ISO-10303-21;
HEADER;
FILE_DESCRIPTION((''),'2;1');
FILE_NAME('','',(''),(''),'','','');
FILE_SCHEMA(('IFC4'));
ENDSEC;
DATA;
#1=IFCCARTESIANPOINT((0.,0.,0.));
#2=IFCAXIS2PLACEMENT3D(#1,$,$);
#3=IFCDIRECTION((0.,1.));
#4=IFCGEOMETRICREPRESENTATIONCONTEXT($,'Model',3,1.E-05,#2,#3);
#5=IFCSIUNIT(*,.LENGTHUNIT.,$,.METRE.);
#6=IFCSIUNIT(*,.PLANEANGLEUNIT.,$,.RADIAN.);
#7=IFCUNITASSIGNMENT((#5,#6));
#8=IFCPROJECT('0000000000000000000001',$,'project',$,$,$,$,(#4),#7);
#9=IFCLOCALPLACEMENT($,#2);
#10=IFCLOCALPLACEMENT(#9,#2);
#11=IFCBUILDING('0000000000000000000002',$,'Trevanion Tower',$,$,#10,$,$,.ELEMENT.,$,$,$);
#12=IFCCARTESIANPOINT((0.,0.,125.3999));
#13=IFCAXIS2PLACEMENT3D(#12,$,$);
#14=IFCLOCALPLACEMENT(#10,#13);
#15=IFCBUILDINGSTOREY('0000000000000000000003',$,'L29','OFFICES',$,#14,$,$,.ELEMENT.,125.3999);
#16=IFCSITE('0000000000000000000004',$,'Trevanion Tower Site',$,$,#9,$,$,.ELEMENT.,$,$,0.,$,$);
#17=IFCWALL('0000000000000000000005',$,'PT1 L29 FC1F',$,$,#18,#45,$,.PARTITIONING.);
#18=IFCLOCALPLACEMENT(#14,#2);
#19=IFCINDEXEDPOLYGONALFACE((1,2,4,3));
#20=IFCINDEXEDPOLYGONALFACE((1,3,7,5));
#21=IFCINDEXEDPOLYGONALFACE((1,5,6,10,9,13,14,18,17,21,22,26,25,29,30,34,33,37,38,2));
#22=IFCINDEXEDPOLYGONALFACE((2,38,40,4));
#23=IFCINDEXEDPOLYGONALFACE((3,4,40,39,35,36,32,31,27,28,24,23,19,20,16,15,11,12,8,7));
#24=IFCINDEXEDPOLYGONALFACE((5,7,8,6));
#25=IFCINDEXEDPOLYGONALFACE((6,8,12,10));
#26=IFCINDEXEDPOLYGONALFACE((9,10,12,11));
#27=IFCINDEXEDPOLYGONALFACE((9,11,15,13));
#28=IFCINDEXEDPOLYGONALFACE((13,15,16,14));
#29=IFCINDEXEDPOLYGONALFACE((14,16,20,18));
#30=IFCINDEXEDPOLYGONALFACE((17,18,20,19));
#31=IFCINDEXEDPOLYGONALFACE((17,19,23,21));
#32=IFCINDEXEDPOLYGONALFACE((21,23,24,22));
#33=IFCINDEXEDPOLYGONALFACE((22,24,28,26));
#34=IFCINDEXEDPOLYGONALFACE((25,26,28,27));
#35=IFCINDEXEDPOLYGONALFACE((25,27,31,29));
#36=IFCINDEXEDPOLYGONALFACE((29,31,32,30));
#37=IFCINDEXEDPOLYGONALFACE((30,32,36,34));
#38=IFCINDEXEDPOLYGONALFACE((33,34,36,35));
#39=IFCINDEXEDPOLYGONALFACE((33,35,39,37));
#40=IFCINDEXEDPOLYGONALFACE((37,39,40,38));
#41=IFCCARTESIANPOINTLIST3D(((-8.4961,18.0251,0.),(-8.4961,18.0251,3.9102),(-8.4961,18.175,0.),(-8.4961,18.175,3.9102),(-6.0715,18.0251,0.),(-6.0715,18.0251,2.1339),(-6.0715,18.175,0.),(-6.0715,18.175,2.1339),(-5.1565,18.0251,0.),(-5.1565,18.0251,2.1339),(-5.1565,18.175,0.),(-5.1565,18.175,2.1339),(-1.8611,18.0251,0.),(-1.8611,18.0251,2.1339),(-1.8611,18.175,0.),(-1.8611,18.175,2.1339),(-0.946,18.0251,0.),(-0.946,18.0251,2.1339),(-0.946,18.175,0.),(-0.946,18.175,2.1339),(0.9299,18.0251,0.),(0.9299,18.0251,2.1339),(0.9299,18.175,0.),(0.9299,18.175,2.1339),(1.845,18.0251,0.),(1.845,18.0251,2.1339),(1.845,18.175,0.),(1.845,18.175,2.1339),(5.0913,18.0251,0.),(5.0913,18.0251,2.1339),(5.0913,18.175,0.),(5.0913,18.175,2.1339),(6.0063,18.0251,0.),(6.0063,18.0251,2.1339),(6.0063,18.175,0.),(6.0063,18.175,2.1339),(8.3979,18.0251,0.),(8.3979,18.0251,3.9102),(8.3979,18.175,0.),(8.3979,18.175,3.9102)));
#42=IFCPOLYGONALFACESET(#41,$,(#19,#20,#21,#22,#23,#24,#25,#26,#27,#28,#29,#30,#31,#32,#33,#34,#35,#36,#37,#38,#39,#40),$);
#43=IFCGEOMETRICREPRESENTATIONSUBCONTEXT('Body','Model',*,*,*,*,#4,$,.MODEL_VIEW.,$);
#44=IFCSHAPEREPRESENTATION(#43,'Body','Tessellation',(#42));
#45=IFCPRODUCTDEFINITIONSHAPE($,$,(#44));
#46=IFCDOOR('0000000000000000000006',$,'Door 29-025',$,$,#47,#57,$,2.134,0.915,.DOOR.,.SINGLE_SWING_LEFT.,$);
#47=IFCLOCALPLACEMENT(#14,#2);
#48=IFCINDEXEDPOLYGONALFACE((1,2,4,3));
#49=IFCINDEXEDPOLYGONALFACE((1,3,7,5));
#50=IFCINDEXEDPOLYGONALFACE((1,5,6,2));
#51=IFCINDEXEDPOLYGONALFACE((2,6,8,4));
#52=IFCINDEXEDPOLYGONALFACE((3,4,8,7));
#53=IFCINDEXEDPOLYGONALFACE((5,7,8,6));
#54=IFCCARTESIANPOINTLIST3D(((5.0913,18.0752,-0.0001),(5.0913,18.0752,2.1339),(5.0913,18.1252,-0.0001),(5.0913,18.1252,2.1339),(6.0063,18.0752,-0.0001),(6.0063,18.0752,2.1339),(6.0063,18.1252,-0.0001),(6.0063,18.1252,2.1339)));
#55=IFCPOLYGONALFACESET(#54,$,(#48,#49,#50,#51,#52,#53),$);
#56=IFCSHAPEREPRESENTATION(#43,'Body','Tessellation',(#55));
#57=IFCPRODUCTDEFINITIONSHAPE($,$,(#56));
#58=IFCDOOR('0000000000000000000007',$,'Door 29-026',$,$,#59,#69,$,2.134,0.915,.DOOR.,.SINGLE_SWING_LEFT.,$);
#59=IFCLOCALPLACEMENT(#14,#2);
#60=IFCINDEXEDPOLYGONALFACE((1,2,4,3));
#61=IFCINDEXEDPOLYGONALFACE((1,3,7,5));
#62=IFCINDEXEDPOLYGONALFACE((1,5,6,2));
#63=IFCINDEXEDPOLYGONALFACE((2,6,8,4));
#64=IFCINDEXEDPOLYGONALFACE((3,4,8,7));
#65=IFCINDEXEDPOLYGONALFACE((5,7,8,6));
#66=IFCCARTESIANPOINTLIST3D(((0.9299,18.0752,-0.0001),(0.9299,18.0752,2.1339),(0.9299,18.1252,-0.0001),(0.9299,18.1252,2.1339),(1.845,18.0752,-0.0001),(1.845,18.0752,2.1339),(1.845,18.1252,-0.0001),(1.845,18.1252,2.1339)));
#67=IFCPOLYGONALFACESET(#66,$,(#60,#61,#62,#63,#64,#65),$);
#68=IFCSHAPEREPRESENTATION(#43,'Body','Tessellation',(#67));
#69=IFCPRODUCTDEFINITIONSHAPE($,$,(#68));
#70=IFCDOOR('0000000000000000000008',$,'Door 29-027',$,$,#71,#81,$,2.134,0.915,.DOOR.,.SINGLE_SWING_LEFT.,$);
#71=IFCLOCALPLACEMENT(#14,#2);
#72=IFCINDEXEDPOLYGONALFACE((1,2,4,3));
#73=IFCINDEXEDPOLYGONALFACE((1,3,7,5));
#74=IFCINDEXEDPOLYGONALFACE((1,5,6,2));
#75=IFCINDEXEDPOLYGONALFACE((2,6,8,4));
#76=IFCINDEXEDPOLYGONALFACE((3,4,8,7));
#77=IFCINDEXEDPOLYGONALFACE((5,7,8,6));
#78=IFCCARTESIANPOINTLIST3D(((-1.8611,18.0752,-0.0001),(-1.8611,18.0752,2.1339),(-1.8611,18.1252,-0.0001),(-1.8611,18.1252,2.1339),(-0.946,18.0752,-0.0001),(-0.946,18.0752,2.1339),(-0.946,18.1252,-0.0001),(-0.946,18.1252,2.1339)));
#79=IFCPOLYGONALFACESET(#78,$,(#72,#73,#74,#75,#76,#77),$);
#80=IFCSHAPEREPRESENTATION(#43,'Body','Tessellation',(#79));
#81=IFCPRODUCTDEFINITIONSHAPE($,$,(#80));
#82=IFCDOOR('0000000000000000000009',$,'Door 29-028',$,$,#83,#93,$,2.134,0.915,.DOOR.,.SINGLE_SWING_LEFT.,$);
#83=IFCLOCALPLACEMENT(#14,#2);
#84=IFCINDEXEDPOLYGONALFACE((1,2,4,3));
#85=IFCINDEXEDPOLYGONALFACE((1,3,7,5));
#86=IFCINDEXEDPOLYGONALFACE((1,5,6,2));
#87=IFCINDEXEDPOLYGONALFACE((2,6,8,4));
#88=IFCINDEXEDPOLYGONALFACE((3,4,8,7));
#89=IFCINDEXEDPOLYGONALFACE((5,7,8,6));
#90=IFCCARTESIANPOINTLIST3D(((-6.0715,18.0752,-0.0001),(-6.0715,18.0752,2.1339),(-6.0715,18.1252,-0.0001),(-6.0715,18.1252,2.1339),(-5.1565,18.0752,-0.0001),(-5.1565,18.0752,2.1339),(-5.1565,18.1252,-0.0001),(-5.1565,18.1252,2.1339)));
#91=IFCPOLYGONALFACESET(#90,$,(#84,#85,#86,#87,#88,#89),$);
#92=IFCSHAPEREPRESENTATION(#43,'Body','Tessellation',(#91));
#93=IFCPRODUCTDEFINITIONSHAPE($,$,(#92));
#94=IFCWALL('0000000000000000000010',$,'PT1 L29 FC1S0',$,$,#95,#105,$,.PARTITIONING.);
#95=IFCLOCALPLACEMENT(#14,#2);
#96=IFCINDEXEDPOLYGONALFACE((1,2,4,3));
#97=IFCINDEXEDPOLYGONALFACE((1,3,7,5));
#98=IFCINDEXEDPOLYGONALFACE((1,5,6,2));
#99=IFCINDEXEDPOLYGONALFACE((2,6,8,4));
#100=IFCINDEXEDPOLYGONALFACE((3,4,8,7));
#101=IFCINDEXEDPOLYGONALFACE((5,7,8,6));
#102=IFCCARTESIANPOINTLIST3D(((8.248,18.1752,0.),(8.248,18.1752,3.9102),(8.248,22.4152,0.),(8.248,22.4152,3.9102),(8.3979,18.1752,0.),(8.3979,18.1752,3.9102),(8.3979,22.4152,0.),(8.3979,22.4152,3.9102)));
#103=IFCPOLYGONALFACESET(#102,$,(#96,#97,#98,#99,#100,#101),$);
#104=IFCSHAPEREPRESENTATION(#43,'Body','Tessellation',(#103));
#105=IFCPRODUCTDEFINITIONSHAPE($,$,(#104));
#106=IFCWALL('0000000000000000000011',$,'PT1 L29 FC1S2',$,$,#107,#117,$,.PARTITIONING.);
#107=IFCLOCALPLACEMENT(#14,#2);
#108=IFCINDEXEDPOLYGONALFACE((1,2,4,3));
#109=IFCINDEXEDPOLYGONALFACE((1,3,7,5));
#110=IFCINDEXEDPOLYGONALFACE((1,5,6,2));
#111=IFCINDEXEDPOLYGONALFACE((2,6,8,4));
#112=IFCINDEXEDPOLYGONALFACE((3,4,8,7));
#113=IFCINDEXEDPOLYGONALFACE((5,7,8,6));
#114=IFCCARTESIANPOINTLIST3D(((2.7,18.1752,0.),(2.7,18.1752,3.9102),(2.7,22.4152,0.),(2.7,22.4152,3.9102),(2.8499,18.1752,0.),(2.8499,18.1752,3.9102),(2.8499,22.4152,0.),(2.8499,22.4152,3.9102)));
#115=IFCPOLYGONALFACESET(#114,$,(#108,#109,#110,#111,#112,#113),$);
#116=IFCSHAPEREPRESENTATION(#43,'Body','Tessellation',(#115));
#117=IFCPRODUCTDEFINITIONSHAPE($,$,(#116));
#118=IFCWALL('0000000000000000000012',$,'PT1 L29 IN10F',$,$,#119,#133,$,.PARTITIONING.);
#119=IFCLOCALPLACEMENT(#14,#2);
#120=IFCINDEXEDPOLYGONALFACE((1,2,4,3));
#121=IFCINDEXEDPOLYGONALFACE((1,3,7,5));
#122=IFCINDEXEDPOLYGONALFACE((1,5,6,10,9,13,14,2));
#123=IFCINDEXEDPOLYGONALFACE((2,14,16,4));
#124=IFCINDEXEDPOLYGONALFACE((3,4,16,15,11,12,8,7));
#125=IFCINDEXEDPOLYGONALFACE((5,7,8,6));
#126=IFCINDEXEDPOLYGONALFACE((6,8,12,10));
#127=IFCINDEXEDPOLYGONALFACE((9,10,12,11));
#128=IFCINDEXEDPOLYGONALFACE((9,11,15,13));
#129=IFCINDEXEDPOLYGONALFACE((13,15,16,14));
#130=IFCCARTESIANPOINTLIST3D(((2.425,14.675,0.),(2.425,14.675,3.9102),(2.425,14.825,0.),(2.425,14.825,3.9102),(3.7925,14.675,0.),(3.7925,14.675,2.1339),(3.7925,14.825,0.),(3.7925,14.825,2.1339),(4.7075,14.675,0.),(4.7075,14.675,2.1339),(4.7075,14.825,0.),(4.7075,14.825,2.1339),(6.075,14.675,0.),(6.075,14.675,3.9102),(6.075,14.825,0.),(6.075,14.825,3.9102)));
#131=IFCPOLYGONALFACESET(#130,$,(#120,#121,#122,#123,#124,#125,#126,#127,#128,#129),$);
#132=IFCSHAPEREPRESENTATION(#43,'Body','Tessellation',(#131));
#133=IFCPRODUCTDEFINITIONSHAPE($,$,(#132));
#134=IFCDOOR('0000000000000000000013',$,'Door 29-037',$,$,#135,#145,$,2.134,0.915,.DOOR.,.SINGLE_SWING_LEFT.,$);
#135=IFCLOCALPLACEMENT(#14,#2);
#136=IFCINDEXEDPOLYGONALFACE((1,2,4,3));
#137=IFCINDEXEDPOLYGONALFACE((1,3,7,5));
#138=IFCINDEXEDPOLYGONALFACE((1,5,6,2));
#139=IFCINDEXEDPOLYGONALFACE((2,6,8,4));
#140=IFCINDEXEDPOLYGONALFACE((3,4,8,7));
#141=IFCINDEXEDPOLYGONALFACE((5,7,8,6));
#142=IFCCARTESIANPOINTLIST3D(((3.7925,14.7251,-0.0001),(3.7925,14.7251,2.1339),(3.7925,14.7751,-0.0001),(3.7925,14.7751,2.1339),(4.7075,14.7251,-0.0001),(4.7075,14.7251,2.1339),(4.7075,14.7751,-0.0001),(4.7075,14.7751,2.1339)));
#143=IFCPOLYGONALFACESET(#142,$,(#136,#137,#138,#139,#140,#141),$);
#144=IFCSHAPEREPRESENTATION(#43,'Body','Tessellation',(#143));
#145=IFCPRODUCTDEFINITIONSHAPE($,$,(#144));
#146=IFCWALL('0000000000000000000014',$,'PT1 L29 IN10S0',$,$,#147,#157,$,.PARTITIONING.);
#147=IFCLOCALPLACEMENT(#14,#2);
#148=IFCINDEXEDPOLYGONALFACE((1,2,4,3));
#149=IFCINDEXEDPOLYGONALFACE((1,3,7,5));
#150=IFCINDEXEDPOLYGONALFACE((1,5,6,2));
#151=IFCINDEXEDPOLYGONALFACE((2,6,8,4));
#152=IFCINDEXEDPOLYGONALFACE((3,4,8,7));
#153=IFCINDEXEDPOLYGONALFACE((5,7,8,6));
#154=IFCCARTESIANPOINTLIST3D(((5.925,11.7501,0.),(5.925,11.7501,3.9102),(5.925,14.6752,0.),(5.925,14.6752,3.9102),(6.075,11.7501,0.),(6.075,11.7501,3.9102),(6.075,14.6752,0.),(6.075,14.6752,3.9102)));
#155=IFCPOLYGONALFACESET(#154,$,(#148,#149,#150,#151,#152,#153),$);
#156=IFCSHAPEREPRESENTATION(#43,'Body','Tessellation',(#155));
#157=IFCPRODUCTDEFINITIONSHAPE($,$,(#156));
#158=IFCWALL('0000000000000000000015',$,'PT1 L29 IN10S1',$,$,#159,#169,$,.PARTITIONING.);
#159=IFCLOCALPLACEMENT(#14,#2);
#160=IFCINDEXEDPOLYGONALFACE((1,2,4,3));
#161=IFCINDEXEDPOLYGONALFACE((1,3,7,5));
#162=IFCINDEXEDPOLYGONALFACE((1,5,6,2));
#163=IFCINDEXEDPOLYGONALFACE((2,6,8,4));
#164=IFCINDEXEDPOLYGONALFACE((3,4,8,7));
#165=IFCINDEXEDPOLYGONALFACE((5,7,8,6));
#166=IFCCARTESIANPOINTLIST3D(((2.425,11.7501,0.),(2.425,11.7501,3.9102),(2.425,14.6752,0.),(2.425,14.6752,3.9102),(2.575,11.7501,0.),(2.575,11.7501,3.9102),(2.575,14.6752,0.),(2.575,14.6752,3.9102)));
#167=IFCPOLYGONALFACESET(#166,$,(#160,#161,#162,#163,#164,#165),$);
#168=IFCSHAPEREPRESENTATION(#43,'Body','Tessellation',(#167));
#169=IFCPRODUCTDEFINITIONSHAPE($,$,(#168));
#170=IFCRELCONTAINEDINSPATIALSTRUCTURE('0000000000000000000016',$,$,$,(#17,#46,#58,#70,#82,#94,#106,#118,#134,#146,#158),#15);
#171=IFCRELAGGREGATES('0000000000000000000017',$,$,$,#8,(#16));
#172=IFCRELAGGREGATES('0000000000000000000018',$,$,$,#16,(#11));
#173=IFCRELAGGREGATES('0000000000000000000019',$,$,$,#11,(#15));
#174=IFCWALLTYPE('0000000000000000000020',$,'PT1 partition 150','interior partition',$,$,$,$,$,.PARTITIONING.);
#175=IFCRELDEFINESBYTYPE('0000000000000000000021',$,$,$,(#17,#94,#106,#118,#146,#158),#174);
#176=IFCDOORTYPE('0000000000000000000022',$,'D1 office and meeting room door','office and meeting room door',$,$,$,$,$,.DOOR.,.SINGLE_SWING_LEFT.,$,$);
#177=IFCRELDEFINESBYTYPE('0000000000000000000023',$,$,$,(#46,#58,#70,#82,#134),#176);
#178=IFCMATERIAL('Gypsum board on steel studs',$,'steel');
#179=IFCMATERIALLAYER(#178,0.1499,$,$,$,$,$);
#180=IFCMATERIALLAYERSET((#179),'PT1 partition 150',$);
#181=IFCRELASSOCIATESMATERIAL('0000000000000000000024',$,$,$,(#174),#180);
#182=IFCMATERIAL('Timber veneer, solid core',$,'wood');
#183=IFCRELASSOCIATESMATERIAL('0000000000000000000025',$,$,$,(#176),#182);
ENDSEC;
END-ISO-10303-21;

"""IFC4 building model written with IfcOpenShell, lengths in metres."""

from ifc_helpers import new_model, si_unit, direction, frame, frame_2d, origin, place, context, subcontext, project, spatial, rectangle, extrude, material, layer, layer_set, type_object, element, fill, save


model = new_model("IFC4")

# Units and contexts
model_context = context("Model", 3, precision=1e-05, world=origin(), true_north=direction((0.0, 1.0)))
body_context = subcontext(model_context, "Body", "Model", "MODEL_VIEW")
ifc_project = project(units=[si_unit("LENGTHUNIT", "METRE"), si_unit("PLANEANGLEUNIT", "RADIAN")], contexts=[model_context])

# Site, building, storey
site_placement = place(None, origin())
site = spatial("IfcSite", under=ifc_project, at=site_placement, Name="Trevanion Tower Site", CompositionType="ELEMENT", RefElevation=0.0)
building_placement = place(site_placement, origin())
building = spatial("IfcBuilding", under=site, at=building_placement, Name="Trevanion Tower", CompositionType="ELEMENT")
storey_placement = place(building_placement, frame((0.0, 0.0, 125.3999)))
storey = spatial("IfcBuildingStorey", under=building, at=storey_placement, Name="L29", Description="OFFICES", CompositionType="ELEMENT", Elevation=125.3999)

# Wall, openings, doors
ifc_material_1 = material(Name="Gypsum board on steel studs", Category="steel")
ifc_layer_1 = layer(ifc_material_1, 0.1499)
ifc_layer_set_1 = layer_set([ifc_layer_1], Name="PT1 partition 150")
wall_type_1 = type_object("IfcWallType", Name="PT1 partition 150", Description="interior partition", PredefinedType="PARTITIONING", material=ifc_layer_set_1)
wall_1_placement = place(storey_placement, frame((8.3979, 18.1001, 0.0), z_axis=(0.0, 0.0, 1.0), x_axis=(-1.0, 0.0, 0.0)))
wall_1 = element("IfcWall", 1, at=wall_1_placement, inside=storey, type_object=wall_type_1, Name="PT1 L29 FC1F", PredefinedType="PARTITIONING", context=body_context, shape_type="SweptSolid", body=[
    extrude(rectangle(XDim=16.894, YDim=0.1499, at=frame_2d((8.447, 0.0))), origin(), (0.0, 0.0, 1.0), 3.9102),
])
opening_1_placement = place(wall_1_placement, frame((2.3916, 0.0, 0.0)))
opening_1 = element("IfcOpeningElement", 2, at=opening_1_placement, cuts=wall_1, PredefinedType="OPENING", context=body_context, shape_type="SweptSolid", body=[
    extrude(rectangle(XDim=0.915, YDim=2.134, at=frame_2d((0.4575, 1.0669))), frame((0.0, 0.085, 0.0), z_axis=(0.0, -1.0, 0.0), x_axis=(1.0, 0.0, 0.0)), (0.0, 0.0, 1.0), 0.1699),
])
opening_2_placement = place(wall_1_placement, frame((6.553, 0.0, 0.0)))
opening_2 = element("IfcOpeningElement", 3, at=opening_2_placement, cuts=wall_1, PredefinedType="OPENING", context=body_context, shape_type="SweptSolid", body=[
    extrude(rectangle(XDim=0.915, YDim=2.134, at=frame_2d((0.4575, 1.0669))), frame((0.0, 0.085, 0.0), z_axis=(0.0, -1.0, 0.0), x_axis=(1.0, 0.0, 0.0)), (0.0, 0.0, 1.0), 0.1699),
])
opening_3_placement = place(wall_1_placement, frame((9.344, 0.0, 0.0)))
opening_3 = element("IfcOpeningElement", 4, at=opening_3_placement, cuts=wall_1, PredefinedType="OPENING", context=body_context, shape_type="SweptSolid", body=[
    extrude(rectangle(XDim=0.915, YDim=2.134, at=frame_2d((0.4575, 1.0669))), frame((0.0, 0.085, 0.0), z_axis=(0.0, -1.0, 0.0), x_axis=(1.0, 0.0, 0.0)), (0.0, 0.0, 1.0), 0.1699),
])
opening_4_placement = place(wall_1_placement, frame((13.5544, 0.0, 0.0)))
opening_4 = element("IfcOpeningElement", 5, at=opening_4_placement, cuts=wall_1, PredefinedType="OPENING", context=body_context, shape_type="SweptSolid", body=[
    extrude(rectangle(XDim=0.915, YDim=2.134, at=frame_2d((0.4575, 1.0669))), frame((0.0, 0.085, 0.0), z_axis=(0.0, -1.0, 0.0), x_axis=(1.0, 0.0, 0.0)), (0.0, 0.0, 1.0), 0.1699),
])
ifc_material_2 = material(Name="Timber veneer, solid core", Category="wood")
door_type = type_object("IfcDoorType", Name="D1 office and meeting room door", Description="office and meeting room door", OperationType="SINGLE_SWING_LEFT", PredefinedType="DOOR", material=ifc_material_2)
door_1_placement = place(opening_1_placement, origin())
door_1 = element("IfcDoor", 6, at=door_1_placement, inside=storey, type_object=door_type, Name="Door 29-025", OperationType="SINGLE_SWING_LEFT", OverallHeight=2.134, OverallWidth=0.915, PredefinedType="DOOR", context=body_context, shape_type="SweptSolid", body=[
    extrude(rectangle(XDim=0.915, YDim=2.134, at=frame_2d((0.4575, 1.0669))), frame((0.0, 0.0249, 0.0), z_axis=(0.0, -1.0, 0.0), x_axis=(1.0, 0.0, 0.0)), (0.0, 0.0, 1.0), 0.05),
])
fill(opening_1, door_1)
door_2_placement = place(opening_2_placement, origin())
door_2 = element("IfcDoor", 7, at=door_2_placement, inside=storey, type_object=door_type, Name="Door 29-026", OperationType="SINGLE_SWING_LEFT", OverallHeight=2.134, OverallWidth=0.915, PredefinedType="DOOR", context=body_context, shape_type="SweptSolid", body=[
    extrude(rectangle(XDim=0.915, YDim=2.134, at=frame_2d((0.4575, 1.0669))), frame((0.0, 0.0249, 0.0), z_axis=(0.0, -1.0, 0.0), x_axis=(1.0, 0.0, 0.0)), (0.0, 0.0, 1.0), 0.05),
])
fill(opening_2, door_2)
door_3_placement = place(opening_3_placement, origin())
door_3 = element("IfcDoor", 8, at=door_3_placement, inside=storey, type_object=door_type, Name="Door 29-027", OperationType="SINGLE_SWING_LEFT", OverallHeight=2.134, OverallWidth=0.915, PredefinedType="DOOR", context=body_context, shape_type="SweptSolid", body=[
    extrude(rectangle(XDim=0.915, YDim=2.134, at=frame_2d((0.4575, 1.0669))), frame((0.0, 0.0249, 0.0), z_axis=(0.0, -1.0, 0.0), x_axis=(1.0, 0.0, 0.0)), (0.0, 0.0, 1.0), 0.05),
])
fill(opening_3, door_3)
door_4_placement = place(opening_4_placement, origin())
door_4 = element("IfcDoor", 9, at=door_4_placement, inside=storey, type_object=door_type, Name="Door 29-028", OperationType="SINGLE_SWING_LEFT", OverallHeight=2.134, OverallWidth=0.915, PredefinedType="DOOR", context=body_context, shape_type="SweptSolid", body=[
    extrude(rectangle(XDim=0.915, YDim=2.134, at=frame_2d((0.4575, 1.0669))), frame((0.0, 0.0249, 0.0), z_axis=(0.0, -1.0, 0.0), x_axis=(1.0, 0.0, 0.0)), (0.0, 0.0, 1.0), 0.05),
])
fill(opening_4, door_4)

# Walls
for number, where, z_axis, x_axis, name in (
    (10, (8.323, 18.175, 0.0), (0.0, 0.0, 1.0), (0.0, 1.0, 0.0), "PT1 L29 FC1S0"),
    (11, (2.7749, 18.175, 0.0), (0.0, 0.0, 1.0), (0.0, 1.0, 0.0), "PT1 L29 FC1S2"),
):
    element("IfcWall", number, at=place(storey_placement, frame(where, z_axis=z_axis, x_axis=x_axis)), inside=storey, type_object=wall_type_1, Name=name, PredefinedType="PARTITIONING", context=body_context, shape_type="SweptSolid", body=[
        extrude(rectangle(XDim=4.24, YDim=0.1499, at=frame_2d((2.1201, 0.0))), origin(), (0.0, 0.0, 1.0), 3.9102),
    ])

# Wall, opening, door
wall_2_placement = place(storey_placement, frame((6.075, 14.75, 0.0), z_axis=(0.0, 0.0, 1.0), x_axis=(-1.0, 0.0, 0.0)))
wall_2 = element("IfcWall", 12, at=wall_2_placement, inside=storey, type_object=wall_type_1, Name="PT1 L29 IN10F", PredefinedType="PARTITIONING", context=body_context, shape_type="SweptSolid", body=[
    extrude(rectangle(XDim=3.6499, YDim=0.1499, at=frame_2d((1.825, 0.0))), origin(), (0.0, 0.0, 1.0), 3.9102),
])
opening_5_placement = place(wall_2_placement, frame((1.3674, 0.0, 0.0)))
opening_5 = element("IfcOpeningElement", 13, at=opening_5_placement, cuts=wall_2, PredefinedType="OPENING", context=body_context, shape_type="SweptSolid", body=[
    extrude(rectangle(XDim=0.915, YDim=2.134, at=frame_2d((0.4575, 1.0669))), frame((0.0, 0.085, 0.0), z_axis=(0.0, -1.0, 0.0), x_axis=(1.0, 0.0, 0.0)), (0.0, 0.0, 1.0), 0.1699),
])
door_5_placement = place(opening_5_placement, origin())
door_5 = element("IfcDoor", 14, at=door_5_placement, inside=storey, type_object=door_type, Name="Door 29-037", OperationType="SINGLE_SWING_LEFT", OverallHeight=2.134, OverallWidth=0.915, PredefinedType="DOOR", context=body_context, shape_type="SweptSolid", body=[
    extrude(rectangle(XDim=0.915, YDim=2.134, at=frame_2d((0.4575, 1.0669))), frame((0.0, 0.0249, 0.0), z_axis=(0.0, -1.0, 0.0), x_axis=(1.0, 0.0, 0.0)), (0.0, 0.0, 1.0), 0.05),
])
fill(opening_5, door_5)

# Walls
for number, where, z_axis, x_axis, name in (
    (15, (6.0, 14.675, 0.0), (0.0, 0.0, 1.0), (0.0, -1.0, 0.0), "PT1 L29 IN10S0"),
    (16, (2.5, 14.675, 0.0), (0.0, 0.0, 1.0), (0.0, -1.0, 0.0), "PT1 L29 IN10S1"),
):
    element("IfcWall", number, at=place(storey_placement, frame(where, z_axis=z_axis, x_axis=x_axis)), inside=storey, type_object=wall_type_1, Name=name, PredefinedType="PARTITIONING", context=body_context, shape_type="SweptSolid", body=[
        extrude(rectangle(XDim=2.925, YDim=0.1499, at=frame_2d((1.4624, 0.0))), origin(), (0.0, 0.0, 1.0), 3.9102),
    ])

save(model, "model.ifc")
